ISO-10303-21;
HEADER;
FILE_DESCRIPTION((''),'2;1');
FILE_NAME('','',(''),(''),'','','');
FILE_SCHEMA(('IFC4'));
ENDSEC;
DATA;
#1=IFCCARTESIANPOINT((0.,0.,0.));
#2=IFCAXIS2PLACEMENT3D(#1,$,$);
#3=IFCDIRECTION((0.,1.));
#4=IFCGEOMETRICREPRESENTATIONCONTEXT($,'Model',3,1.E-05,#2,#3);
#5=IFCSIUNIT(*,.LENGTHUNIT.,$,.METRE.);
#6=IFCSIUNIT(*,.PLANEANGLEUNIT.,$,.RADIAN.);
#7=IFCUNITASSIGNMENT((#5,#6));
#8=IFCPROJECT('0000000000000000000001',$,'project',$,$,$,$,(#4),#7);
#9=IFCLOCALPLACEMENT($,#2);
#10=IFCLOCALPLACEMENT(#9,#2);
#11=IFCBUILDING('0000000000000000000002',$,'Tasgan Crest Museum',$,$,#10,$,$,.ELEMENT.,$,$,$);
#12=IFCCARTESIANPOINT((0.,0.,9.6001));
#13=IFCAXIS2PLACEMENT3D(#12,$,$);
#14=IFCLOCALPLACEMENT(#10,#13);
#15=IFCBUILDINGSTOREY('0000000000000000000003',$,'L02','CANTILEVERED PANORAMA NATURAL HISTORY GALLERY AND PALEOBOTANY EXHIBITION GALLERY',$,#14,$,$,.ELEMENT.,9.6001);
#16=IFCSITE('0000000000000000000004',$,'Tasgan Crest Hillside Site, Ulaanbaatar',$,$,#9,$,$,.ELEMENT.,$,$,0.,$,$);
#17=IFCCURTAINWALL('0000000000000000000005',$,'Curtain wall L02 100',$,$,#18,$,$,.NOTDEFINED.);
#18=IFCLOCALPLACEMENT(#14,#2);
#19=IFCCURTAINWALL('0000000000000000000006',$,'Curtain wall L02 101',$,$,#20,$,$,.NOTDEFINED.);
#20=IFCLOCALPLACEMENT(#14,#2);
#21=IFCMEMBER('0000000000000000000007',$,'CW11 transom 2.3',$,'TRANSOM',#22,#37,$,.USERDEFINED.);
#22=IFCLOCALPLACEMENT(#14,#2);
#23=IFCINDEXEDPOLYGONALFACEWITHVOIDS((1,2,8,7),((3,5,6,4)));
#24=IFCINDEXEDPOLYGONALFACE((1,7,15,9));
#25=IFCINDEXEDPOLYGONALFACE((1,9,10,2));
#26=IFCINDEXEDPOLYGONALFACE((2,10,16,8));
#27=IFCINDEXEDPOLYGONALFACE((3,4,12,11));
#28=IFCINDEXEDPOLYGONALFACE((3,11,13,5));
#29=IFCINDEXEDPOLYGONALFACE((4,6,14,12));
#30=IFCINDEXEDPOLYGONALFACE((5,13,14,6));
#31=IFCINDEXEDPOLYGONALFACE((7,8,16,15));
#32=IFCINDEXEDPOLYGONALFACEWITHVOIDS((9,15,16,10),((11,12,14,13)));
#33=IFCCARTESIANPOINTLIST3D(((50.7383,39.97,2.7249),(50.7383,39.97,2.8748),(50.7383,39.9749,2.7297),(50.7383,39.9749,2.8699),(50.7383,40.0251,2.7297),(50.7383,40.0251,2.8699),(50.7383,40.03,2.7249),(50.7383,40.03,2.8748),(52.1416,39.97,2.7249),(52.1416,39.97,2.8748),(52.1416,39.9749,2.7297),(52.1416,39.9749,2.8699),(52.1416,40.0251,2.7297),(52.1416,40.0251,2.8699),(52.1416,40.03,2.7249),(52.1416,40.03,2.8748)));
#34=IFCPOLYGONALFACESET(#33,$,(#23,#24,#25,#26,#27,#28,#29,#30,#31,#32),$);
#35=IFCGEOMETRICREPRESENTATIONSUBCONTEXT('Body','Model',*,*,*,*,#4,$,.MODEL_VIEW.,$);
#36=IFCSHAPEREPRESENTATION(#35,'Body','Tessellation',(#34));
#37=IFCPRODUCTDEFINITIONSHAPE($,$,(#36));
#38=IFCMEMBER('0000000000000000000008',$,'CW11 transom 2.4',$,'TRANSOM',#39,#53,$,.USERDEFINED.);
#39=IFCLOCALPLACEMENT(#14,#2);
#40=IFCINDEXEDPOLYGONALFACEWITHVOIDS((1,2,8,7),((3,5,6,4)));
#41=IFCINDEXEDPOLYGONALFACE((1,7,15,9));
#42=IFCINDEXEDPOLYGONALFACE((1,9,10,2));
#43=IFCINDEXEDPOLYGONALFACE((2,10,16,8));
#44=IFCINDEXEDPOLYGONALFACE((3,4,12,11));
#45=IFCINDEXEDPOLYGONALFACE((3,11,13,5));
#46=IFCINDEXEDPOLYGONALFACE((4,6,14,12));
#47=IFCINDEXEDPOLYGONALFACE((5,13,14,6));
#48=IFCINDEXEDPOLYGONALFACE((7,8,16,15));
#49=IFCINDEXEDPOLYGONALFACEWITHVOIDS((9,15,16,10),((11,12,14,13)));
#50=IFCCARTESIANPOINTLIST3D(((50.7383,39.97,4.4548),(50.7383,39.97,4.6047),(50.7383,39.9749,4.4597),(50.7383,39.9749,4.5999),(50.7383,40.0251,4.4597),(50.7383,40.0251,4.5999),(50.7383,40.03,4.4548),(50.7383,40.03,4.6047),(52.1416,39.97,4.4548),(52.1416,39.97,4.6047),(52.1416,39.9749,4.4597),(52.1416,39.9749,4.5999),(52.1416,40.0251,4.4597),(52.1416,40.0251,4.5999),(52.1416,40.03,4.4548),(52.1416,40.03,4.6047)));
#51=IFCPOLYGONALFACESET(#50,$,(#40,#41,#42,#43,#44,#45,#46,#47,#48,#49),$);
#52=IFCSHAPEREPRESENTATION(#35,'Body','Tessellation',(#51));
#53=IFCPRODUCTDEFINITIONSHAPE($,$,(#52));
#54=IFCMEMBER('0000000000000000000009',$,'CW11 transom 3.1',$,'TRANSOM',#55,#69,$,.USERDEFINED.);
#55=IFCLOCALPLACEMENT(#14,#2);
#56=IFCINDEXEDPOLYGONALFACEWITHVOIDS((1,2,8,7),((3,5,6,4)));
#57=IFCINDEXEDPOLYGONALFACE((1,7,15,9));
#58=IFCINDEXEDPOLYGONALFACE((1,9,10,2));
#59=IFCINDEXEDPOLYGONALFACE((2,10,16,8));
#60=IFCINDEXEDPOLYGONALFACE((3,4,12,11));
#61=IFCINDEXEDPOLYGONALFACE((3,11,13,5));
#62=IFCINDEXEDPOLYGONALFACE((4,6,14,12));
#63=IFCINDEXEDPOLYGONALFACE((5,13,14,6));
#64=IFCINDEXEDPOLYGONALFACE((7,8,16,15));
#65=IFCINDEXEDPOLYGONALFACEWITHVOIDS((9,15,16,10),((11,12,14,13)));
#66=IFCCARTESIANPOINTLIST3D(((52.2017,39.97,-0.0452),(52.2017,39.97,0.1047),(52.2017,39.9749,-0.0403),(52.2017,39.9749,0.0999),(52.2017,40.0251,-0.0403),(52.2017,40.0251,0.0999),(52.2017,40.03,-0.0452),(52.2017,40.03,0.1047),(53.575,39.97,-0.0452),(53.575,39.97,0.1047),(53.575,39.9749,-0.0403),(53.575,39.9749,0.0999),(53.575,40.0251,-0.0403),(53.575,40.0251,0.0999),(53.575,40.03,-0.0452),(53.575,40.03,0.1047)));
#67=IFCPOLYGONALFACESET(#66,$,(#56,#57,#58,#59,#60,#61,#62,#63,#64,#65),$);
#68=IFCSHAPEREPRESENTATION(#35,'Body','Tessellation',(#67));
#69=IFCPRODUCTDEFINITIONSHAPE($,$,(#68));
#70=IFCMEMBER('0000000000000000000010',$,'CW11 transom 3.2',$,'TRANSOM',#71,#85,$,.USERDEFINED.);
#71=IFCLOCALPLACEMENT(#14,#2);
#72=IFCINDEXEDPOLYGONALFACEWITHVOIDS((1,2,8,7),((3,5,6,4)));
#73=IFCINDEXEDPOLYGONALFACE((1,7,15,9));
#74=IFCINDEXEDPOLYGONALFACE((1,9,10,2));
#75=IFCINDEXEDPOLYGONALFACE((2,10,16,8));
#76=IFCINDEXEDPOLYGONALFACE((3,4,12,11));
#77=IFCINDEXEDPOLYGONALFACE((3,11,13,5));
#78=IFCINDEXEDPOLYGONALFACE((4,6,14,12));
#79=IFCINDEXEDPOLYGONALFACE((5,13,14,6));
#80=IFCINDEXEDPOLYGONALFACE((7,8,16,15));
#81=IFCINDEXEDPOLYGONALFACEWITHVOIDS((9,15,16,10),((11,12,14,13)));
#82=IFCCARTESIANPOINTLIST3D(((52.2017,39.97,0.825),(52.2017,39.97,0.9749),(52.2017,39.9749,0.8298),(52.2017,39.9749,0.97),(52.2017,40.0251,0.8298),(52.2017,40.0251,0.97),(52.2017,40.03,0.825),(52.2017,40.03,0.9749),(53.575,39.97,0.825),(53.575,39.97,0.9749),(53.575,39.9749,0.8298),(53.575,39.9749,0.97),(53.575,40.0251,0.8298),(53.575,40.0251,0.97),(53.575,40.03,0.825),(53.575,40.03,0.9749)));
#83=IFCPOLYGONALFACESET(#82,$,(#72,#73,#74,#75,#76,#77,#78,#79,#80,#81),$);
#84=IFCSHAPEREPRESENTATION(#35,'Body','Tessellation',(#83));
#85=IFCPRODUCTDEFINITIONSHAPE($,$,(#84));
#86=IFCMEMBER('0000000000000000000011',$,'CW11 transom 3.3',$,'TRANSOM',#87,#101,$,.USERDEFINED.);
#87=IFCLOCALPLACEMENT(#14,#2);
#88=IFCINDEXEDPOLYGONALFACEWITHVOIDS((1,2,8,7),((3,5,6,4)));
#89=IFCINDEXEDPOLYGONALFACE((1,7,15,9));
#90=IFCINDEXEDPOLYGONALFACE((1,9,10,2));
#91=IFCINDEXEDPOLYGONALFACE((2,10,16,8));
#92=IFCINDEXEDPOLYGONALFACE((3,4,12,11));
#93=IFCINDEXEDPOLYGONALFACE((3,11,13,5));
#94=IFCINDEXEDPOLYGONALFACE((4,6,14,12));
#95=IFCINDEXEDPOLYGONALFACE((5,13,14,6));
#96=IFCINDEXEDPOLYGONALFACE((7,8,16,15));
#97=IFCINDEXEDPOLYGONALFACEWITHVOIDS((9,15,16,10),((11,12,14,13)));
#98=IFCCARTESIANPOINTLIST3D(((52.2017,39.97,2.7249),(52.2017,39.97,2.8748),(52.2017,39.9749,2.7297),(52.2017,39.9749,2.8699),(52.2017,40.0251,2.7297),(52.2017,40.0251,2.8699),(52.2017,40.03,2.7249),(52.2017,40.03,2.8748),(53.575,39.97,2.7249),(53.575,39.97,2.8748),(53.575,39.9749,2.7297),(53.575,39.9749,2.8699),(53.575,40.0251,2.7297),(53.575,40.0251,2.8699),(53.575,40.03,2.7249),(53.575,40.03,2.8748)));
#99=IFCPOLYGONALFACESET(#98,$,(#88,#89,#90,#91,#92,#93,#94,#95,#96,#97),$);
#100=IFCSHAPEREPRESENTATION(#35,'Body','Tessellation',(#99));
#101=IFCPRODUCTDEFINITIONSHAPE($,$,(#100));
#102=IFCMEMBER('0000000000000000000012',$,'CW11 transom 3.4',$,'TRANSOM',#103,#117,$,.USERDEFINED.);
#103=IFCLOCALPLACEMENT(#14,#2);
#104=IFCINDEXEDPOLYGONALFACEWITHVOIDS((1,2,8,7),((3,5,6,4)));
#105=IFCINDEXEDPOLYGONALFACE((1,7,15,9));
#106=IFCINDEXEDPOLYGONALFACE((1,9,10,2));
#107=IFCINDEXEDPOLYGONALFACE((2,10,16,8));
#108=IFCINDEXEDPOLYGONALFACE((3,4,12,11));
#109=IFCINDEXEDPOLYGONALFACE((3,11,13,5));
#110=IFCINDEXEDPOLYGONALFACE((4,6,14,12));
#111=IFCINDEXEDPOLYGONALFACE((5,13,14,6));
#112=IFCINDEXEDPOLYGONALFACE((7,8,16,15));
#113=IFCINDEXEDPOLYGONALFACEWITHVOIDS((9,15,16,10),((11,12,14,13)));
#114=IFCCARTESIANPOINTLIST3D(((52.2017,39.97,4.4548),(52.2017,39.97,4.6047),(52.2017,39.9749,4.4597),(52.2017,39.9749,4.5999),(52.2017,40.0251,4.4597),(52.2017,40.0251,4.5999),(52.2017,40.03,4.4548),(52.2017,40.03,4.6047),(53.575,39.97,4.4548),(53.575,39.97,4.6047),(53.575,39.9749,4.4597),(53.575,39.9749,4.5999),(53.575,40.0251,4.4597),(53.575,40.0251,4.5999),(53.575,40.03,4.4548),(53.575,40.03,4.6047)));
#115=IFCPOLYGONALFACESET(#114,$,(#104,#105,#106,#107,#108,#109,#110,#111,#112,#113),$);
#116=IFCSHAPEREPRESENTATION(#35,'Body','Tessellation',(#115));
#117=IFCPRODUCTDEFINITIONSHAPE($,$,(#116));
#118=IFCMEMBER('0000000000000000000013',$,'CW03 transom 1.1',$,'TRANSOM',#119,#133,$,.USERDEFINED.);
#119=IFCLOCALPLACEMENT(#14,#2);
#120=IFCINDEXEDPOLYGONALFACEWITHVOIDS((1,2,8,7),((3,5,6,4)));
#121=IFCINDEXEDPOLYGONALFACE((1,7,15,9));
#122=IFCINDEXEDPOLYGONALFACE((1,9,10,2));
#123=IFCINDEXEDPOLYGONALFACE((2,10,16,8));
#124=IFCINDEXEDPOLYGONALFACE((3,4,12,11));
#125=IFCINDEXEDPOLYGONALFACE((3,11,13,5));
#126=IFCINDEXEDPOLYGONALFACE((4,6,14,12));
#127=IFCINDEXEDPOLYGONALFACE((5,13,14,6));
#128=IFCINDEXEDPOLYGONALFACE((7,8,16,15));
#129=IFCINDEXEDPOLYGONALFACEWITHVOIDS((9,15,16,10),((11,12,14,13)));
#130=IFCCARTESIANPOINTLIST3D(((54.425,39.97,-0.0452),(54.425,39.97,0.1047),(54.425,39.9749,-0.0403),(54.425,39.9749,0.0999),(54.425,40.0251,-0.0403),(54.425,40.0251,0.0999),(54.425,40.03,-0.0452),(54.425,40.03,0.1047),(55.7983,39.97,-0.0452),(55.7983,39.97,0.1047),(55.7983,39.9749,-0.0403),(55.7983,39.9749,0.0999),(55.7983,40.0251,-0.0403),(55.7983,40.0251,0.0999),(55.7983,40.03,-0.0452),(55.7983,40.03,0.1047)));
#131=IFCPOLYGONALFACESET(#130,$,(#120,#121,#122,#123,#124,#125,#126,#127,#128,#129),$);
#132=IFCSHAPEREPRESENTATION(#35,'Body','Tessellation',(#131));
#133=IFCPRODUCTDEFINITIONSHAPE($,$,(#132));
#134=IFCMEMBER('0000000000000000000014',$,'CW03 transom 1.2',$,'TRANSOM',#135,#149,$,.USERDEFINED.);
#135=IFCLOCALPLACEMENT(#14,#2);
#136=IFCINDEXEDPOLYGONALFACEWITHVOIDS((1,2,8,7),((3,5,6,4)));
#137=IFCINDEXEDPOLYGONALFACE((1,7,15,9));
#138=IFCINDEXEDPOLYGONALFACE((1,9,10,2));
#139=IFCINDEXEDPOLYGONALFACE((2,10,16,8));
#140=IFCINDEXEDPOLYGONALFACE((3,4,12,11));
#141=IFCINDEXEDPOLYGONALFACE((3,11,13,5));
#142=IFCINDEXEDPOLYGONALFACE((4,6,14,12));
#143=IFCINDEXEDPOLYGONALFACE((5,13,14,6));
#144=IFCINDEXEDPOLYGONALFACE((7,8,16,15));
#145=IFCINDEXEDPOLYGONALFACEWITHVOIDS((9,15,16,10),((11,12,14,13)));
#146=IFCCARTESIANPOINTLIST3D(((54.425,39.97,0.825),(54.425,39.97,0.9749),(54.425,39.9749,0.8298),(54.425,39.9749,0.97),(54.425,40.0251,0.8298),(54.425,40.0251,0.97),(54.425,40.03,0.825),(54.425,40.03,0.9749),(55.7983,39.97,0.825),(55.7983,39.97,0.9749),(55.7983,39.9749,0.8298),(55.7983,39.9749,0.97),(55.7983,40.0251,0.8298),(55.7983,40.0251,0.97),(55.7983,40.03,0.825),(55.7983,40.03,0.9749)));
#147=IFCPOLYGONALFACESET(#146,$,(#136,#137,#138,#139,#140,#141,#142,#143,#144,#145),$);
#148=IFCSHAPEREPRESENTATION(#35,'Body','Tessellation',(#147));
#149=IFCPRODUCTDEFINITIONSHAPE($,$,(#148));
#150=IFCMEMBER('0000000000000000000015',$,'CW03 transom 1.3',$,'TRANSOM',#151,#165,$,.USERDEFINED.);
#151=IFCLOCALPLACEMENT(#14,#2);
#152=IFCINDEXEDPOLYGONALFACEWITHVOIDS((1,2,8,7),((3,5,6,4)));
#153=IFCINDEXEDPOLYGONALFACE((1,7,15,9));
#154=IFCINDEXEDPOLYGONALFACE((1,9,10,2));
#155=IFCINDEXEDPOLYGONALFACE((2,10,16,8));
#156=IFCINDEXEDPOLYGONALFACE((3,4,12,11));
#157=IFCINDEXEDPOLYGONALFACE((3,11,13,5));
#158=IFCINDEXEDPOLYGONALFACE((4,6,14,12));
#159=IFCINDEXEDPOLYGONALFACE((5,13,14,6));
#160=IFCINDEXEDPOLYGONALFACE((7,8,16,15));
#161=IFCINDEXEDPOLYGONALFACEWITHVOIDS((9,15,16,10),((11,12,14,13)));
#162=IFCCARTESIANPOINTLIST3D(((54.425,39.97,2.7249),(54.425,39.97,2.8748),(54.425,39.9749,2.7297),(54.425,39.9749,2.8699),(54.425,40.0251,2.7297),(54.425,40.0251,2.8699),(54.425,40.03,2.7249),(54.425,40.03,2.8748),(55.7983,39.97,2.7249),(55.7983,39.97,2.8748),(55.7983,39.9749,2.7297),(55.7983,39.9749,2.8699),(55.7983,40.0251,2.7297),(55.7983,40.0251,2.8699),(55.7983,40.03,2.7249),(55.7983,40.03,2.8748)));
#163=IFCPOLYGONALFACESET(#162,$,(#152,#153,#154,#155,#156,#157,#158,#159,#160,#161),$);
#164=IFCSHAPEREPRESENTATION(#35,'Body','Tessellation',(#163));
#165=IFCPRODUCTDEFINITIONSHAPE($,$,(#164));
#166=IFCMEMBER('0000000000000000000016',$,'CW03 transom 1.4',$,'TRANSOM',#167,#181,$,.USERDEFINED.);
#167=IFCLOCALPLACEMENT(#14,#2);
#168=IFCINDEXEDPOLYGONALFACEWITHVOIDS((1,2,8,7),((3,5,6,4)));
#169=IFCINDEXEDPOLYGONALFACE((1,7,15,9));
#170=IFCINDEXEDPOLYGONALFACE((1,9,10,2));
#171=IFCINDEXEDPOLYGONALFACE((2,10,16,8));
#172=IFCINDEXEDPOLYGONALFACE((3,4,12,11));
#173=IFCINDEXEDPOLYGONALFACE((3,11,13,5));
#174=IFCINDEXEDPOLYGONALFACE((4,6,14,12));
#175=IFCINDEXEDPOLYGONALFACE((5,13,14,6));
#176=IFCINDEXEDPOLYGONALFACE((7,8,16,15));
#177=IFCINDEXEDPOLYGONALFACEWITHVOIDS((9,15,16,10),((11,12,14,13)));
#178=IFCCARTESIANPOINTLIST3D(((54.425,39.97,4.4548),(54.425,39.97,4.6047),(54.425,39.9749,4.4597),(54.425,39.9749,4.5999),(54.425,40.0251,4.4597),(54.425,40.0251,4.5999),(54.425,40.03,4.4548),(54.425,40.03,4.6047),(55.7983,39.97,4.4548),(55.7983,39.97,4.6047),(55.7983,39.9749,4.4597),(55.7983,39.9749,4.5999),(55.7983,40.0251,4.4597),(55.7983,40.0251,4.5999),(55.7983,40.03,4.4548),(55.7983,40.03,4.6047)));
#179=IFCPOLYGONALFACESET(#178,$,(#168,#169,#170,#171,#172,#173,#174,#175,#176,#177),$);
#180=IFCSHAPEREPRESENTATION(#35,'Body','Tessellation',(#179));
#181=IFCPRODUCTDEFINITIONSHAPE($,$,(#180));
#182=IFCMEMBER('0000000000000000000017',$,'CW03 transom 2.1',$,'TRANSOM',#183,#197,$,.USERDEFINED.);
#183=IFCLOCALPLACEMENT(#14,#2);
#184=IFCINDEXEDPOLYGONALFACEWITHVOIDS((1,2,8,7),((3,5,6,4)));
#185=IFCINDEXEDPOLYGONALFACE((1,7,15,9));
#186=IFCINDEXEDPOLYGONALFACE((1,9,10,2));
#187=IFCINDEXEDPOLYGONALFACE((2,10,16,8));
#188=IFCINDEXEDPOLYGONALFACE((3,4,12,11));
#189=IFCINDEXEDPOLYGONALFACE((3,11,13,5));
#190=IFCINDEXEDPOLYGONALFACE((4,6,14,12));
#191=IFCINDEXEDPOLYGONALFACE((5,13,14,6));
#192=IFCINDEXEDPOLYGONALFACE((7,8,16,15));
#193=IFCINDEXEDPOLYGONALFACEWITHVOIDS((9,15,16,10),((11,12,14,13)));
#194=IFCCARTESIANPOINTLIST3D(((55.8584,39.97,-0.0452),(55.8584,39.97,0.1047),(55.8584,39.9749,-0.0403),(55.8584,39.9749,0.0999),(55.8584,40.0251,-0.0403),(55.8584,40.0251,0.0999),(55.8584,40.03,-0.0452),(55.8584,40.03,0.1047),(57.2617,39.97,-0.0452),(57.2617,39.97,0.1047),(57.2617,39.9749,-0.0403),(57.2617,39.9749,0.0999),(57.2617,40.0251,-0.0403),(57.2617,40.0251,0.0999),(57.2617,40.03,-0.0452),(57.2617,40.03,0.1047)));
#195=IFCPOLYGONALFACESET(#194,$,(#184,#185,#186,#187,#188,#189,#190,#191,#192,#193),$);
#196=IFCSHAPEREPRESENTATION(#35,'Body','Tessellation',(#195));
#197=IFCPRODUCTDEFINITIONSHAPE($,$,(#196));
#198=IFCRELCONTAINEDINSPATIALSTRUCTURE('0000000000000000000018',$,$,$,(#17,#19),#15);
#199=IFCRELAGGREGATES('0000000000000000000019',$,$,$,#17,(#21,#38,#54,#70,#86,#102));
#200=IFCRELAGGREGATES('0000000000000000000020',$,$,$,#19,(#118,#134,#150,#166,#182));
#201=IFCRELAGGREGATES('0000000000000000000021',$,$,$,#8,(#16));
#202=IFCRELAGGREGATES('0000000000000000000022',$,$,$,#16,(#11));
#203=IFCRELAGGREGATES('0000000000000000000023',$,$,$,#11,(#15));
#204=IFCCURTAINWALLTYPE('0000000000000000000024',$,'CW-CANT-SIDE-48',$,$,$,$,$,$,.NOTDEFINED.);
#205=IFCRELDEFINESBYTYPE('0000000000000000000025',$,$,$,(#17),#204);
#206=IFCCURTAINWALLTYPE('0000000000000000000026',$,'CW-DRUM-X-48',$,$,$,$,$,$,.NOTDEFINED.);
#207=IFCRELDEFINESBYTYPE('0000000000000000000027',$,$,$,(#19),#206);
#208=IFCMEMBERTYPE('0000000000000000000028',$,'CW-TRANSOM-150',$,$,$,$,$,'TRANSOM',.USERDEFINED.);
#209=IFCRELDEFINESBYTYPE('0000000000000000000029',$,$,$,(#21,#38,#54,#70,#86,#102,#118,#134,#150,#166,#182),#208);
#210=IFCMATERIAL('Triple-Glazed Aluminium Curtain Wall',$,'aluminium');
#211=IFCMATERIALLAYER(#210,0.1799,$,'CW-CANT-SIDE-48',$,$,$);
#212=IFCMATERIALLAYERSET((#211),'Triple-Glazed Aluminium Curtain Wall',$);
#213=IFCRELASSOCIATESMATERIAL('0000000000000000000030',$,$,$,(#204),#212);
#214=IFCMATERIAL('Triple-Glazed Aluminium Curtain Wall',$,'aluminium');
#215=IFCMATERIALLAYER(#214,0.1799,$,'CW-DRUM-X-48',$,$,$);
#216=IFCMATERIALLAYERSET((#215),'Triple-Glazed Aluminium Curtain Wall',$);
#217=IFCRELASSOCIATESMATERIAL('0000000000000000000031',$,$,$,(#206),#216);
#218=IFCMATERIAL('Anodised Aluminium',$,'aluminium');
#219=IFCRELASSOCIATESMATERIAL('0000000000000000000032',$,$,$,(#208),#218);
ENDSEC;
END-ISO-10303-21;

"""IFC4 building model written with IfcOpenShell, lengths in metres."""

from ifc_helpers import new_model, si_unit, direction, frame, origin, origin_2d, place, context, subcontext, project, spatial, hollow_rectangle, extrude, material, layer, layer_set, material_profile, profile_set, type_object, element, aggregate, save


model = new_model("IFC4")

# Units and contexts
model_context = context("Model", 3, precision=1e-05, world=origin(), true_north=direction((0.0, 1.0)))
body_context = subcontext(model_context, "Body", "Model", "MODEL_VIEW")
ifc_project = project(units=[si_unit("LENGTHUNIT", "METRE"), si_unit("PLANEANGLEUNIT", "RADIAN")], contexts=[model_context])

# Site, building, storey
site_placement = place(None, origin())
site = spatial("IfcSite", under=ifc_project, at=site_placement, Name="Tasgan Crest Hillside Site, Ulaanbaatar", CompositionType="ELEMENT", RefElevation=0.0)
building_placement = place(site_placement, origin())
building = spatial("IfcBuilding", under=site, at=building_placement, Name="Tasgan Crest Museum", CompositionType="ELEMENT")
storey_placement = place(building_placement, frame((0.0, 0.0, 9.6001)))
storey = spatial("IfcBuildingStorey", under=building, at=storey_placement, Name="L02", Description="CANTILEVERED PANORAMA NATURAL HISTORY GALLERY AND PALEOBOTANY EXHIBITION GALLERY", CompositionType="ELEMENT", Elevation=9.6001)

# Curtain walls
ifc_material_1 = material(Name="Triple-Glazed Aluminium Curtain Wall", Category="aluminium")
ifc_layer_1 = layer(ifc_material_1, 0.1799, Name="CW-CANT-SIDE-48")
ifc_layer_set_1 = layer_set([ifc_layer_1], Name="Triple-Glazed Aluminium Curtain Wall")
curtain_wall_type_1 = type_object("IfcCurtainWallType", Name="CW-CANT-SIDE-48", PredefinedType="NOTDEFINED", material=ifc_layer_set_1)
curtain_wall_1_placement = place(storey_placement, origin())
curtain_wall_1 = element("IfcCurtainWall", 1, at=curtain_wall_1_placement, inside=storey, type_object=curtain_wall_type_1, Name="Curtain wall L02 100", PredefinedType="NOTDEFINED")
ifc_material_2 = material(Name="Triple-Glazed Aluminium Curtain Wall", Category="aluminium")
ifc_layer_2 = layer(ifc_material_2, 0.1799, Name="CW-DRUM-X-48")
ifc_layer_set_2 = layer_set([ifc_layer_2], Name="Triple-Glazed Aluminium Curtain Wall")
curtain_wall_type_2 = type_object("IfcCurtainWallType", Name="CW-DRUM-X-48", PredefinedType="NOTDEFINED", material=ifc_layer_set_2)
curtain_wall_2_placement = place(storey_placement, origin())
curtain_wall_2 = element("IfcCurtainWall", 2, at=curtain_wall_2_placement, inside=storey, type_object=curtain_wall_type_2, Name="Curtain wall L02 101", PredefinedType="NOTDEFINED")

# Members
ifc_material_3 = material(Name="Anodised Aluminium", Category="aluminium")
ifc_material_profile_1 = material_profile(ifc_material_3, hollow_rectangle(XDim=0.0601, YDim=0.1499, WallThickness=0.0049, at=origin_2d()), Name="ALU TRANSOM 150x60x5")
ifc_profile_set_1 = profile_set([ifc_material_profile_1], Name="Anodised Aluminium")
member_type_1 = type_object("IfcMemberType", Name="CW-TRANSOM-150", ElementType="TRANSOM", PredefinedType="USERDEFINED", material=ifc_profile_set_1)
member_1_placement = place(storey_placement, frame((50.7383, 40.0, 2.7998), z_axis=(1.0, 0.0, 0.0), x_axis=(0.0, 1.0, 0.0)))
member_1 = element("IfcMember", 3, at=member_1_placement, type_object=member_type_1, Name="CW11 transom 2.3", ObjectType="TRANSOM", PredefinedType="USERDEFINED", context=body_context, shape_type="SweptSolid", body=[
    extrude(hollow_rectangle(XDim=0.0601, YDim=0.1499, WallThickness=0.0049, at=origin_2d()), origin(), (0.0, 0.0, 1.0), 1.4033),
])
member_2_placement = place(storey_placement, frame((50.7383, 40.0, 4.5298), z_axis=(1.0, 0.0, 0.0), x_axis=(0.0, 1.0, 0.0)))
member_2 = element("IfcMember", 4, at=member_2_placement, type_object=member_type_1, Name="CW11 transom 2.4", ObjectType="TRANSOM", PredefinedType="USERDEFINED", context=body_context, shape_type="SweptSolid", body=[
    extrude(hollow_rectangle(XDim=0.0601, YDim=0.1499, WallThickness=0.0049, at=origin_2d()), origin(), (0.0, 0.0, 1.0), 1.4033),
])
member_3_placement = place(storey_placement, frame((52.2017, 40.0, 0.0298), z_axis=(1.0, 0.0, 0.0), x_axis=(0.0, 1.0, 0.0)))
member_3 = element("IfcMember", 5, at=member_3_placement, type_object=member_type_1, Name="CW11 transom 3.1", ObjectType="TRANSOM", PredefinedType="USERDEFINED", context=body_context, shape_type="SweptSolid", body=[
    extrude(hollow_rectangle(XDim=0.0601, YDim=0.1499, WallThickness=0.0049, at=origin_2d()), origin(), (0.0, 0.0, 1.0), 1.3733),
])
member_4_placement = place(storey_placement, frame((52.2017, 40.0, 0.8999), z_axis=(1.0, 0.0, 0.0), x_axis=(0.0, 1.0, 0.0)))
member_4 = element("IfcMember", 6, at=member_4_placement, type_object=member_type_1, Name="CW11 transom 3.2", ObjectType="TRANSOM", PredefinedType="USERDEFINED", context=body_context, shape_type="SweptSolid", body=[
    extrude(hollow_rectangle(XDim=0.0601, YDim=0.1499, WallThickness=0.0049, at=origin_2d()), origin(), (0.0, 0.0, 1.0), 1.3733),
])
member_5_placement = place(storey_placement, frame((52.2017, 40.0, 2.7998), z_axis=(1.0, 0.0, 0.0), x_axis=(0.0, 1.0, 0.0)))
member_5 = element("IfcMember", 7, at=member_5_placement, type_object=member_type_1, Name="CW11 transom 3.3", ObjectType="TRANSOM", PredefinedType="USERDEFINED", context=body_context, shape_type="SweptSolid", body=[
    extrude(hollow_rectangle(XDim=0.0601, YDim=0.1499, WallThickness=0.0049, at=origin_2d()), origin(), (0.0, 0.0, 1.0), 1.3733),
])
member_6_placement = place(storey_placement, frame((52.2017, 40.0, 4.5298), z_axis=(1.0, 0.0, 0.0), x_axis=(0.0, 1.0, 0.0)))
member_6 = element("IfcMember", 8, at=member_6_placement, type_object=member_type_1, Name="CW11 transom 3.4", ObjectType="TRANSOM", PredefinedType="USERDEFINED", context=body_context, shape_type="SweptSolid", body=[
    extrude(hollow_rectangle(XDim=0.0601, YDim=0.1499, WallThickness=0.0049, at=origin_2d()), origin(), (0.0, 0.0, 1.0), 1.3733),
])
member_7_placement = place(storey_placement, frame((54.425, 40.0, 0.0298), z_axis=(1.0, 0.0, 0.0), x_axis=(0.0, 1.0, 0.0)))
member_7 = element("IfcMember", 9, at=member_7_placement, type_object=member_type_1, Name="CW03 transom 1.1", ObjectType="TRANSOM", PredefinedType="USERDEFINED", context=body_context, shape_type="SweptSolid", body=[
    extrude(hollow_rectangle(XDim=0.0601, YDim=0.1499, WallThickness=0.0049, at=origin_2d()), origin(), (0.0, 0.0, 1.0), 1.3733),
])
member_8_placement = place(storey_placement, frame((54.425, 40.0, 0.8999), z_axis=(1.0, 0.0, 0.0), x_axis=(0.0, 1.0, 0.0)))
member_8 = element("IfcMember", 10, at=member_8_placement, type_object=member_type_1, Name="CW03 transom 1.2", ObjectType="TRANSOM", PredefinedType="USERDEFINED", context=body_context, shape_type="SweptSolid", body=[
    extrude(hollow_rectangle(XDim=0.0601, YDim=0.1499, WallThickness=0.0049, at=origin_2d()), origin(), (0.0, 0.0, 1.0), 1.3733),
])
member_9_placement = place(storey_placement, frame((54.425, 40.0, 2.7998), z_axis=(1.0, 0.0, 0.0), x_axis=(0.0, 1.0, 0.0)))
member_9 = element("IfcMember", 11, at=member_9_placement, type_object=member_type_1, Name="CW03 transom 1.3", ObjectType="TRANSOM", PredefinedType="USERDEFINED", context=body_context, shape_type="SweptSolid", body=[
    extrude(hollow_rectangle(XDim=0.0601, YDim=0.1499, WallThickness=0.0049, at=origin_2d()), origin(), (0.0, 0.0, 1.0), 1.3733),
])
member_10_placement = place(storey_placement, frame((54.425, 40.0, 4.5298), z_axis=(1.0, 0.0, 0.0), x_axis=(0.0, 1.0, 0.0)))
member_10 = element("IfcMember", 12, at=member_10_placement, type_object=member_type_1, Name="CW03 transom 1.4", ObjectType="TRANSOM", PredefinedType="USERDEFINED", context=body_context, shape_type="SweptSolid", body=[
    extrude(hollow_rectangle(XDim=0.0601, YDim=0.1499, WallThickness=0.0049, at=origin_2d()), origin(), (0.0, 0.0, 1.0), 1.3733),
])
member_11_placement = place(storey_placement, frame((55.8584, 40.0, 0.0298), z_axis=(1.0, 0.0, 0.0), x_axis=(0.0, 1.0, 0.0)))
member_11 = element("IfcMember", 13, at=member_11_placement, type_object=member_type_1, Name="CW03 transom 2.1", ObjectType="TRANSOM", PredefinedType="USERDEFINED", context=body_context, shape_type="SweptSolid", body=[
    extrude(hollow_rectangle(XDim=0.0601, YDim=0.1499, WallThickness=0.0049, at=origin_2d()), origin(), (0.0, 0.0, 1.0), 1.4033),
])

aggregate(curtain_wall_1, [member_1, member_2, member_3, member_4, member_5, member_6])
aggregate(curtain_wall_2, [member_7, member_8, member_9, member_10, member_11])

save(model, "model.ifc")
